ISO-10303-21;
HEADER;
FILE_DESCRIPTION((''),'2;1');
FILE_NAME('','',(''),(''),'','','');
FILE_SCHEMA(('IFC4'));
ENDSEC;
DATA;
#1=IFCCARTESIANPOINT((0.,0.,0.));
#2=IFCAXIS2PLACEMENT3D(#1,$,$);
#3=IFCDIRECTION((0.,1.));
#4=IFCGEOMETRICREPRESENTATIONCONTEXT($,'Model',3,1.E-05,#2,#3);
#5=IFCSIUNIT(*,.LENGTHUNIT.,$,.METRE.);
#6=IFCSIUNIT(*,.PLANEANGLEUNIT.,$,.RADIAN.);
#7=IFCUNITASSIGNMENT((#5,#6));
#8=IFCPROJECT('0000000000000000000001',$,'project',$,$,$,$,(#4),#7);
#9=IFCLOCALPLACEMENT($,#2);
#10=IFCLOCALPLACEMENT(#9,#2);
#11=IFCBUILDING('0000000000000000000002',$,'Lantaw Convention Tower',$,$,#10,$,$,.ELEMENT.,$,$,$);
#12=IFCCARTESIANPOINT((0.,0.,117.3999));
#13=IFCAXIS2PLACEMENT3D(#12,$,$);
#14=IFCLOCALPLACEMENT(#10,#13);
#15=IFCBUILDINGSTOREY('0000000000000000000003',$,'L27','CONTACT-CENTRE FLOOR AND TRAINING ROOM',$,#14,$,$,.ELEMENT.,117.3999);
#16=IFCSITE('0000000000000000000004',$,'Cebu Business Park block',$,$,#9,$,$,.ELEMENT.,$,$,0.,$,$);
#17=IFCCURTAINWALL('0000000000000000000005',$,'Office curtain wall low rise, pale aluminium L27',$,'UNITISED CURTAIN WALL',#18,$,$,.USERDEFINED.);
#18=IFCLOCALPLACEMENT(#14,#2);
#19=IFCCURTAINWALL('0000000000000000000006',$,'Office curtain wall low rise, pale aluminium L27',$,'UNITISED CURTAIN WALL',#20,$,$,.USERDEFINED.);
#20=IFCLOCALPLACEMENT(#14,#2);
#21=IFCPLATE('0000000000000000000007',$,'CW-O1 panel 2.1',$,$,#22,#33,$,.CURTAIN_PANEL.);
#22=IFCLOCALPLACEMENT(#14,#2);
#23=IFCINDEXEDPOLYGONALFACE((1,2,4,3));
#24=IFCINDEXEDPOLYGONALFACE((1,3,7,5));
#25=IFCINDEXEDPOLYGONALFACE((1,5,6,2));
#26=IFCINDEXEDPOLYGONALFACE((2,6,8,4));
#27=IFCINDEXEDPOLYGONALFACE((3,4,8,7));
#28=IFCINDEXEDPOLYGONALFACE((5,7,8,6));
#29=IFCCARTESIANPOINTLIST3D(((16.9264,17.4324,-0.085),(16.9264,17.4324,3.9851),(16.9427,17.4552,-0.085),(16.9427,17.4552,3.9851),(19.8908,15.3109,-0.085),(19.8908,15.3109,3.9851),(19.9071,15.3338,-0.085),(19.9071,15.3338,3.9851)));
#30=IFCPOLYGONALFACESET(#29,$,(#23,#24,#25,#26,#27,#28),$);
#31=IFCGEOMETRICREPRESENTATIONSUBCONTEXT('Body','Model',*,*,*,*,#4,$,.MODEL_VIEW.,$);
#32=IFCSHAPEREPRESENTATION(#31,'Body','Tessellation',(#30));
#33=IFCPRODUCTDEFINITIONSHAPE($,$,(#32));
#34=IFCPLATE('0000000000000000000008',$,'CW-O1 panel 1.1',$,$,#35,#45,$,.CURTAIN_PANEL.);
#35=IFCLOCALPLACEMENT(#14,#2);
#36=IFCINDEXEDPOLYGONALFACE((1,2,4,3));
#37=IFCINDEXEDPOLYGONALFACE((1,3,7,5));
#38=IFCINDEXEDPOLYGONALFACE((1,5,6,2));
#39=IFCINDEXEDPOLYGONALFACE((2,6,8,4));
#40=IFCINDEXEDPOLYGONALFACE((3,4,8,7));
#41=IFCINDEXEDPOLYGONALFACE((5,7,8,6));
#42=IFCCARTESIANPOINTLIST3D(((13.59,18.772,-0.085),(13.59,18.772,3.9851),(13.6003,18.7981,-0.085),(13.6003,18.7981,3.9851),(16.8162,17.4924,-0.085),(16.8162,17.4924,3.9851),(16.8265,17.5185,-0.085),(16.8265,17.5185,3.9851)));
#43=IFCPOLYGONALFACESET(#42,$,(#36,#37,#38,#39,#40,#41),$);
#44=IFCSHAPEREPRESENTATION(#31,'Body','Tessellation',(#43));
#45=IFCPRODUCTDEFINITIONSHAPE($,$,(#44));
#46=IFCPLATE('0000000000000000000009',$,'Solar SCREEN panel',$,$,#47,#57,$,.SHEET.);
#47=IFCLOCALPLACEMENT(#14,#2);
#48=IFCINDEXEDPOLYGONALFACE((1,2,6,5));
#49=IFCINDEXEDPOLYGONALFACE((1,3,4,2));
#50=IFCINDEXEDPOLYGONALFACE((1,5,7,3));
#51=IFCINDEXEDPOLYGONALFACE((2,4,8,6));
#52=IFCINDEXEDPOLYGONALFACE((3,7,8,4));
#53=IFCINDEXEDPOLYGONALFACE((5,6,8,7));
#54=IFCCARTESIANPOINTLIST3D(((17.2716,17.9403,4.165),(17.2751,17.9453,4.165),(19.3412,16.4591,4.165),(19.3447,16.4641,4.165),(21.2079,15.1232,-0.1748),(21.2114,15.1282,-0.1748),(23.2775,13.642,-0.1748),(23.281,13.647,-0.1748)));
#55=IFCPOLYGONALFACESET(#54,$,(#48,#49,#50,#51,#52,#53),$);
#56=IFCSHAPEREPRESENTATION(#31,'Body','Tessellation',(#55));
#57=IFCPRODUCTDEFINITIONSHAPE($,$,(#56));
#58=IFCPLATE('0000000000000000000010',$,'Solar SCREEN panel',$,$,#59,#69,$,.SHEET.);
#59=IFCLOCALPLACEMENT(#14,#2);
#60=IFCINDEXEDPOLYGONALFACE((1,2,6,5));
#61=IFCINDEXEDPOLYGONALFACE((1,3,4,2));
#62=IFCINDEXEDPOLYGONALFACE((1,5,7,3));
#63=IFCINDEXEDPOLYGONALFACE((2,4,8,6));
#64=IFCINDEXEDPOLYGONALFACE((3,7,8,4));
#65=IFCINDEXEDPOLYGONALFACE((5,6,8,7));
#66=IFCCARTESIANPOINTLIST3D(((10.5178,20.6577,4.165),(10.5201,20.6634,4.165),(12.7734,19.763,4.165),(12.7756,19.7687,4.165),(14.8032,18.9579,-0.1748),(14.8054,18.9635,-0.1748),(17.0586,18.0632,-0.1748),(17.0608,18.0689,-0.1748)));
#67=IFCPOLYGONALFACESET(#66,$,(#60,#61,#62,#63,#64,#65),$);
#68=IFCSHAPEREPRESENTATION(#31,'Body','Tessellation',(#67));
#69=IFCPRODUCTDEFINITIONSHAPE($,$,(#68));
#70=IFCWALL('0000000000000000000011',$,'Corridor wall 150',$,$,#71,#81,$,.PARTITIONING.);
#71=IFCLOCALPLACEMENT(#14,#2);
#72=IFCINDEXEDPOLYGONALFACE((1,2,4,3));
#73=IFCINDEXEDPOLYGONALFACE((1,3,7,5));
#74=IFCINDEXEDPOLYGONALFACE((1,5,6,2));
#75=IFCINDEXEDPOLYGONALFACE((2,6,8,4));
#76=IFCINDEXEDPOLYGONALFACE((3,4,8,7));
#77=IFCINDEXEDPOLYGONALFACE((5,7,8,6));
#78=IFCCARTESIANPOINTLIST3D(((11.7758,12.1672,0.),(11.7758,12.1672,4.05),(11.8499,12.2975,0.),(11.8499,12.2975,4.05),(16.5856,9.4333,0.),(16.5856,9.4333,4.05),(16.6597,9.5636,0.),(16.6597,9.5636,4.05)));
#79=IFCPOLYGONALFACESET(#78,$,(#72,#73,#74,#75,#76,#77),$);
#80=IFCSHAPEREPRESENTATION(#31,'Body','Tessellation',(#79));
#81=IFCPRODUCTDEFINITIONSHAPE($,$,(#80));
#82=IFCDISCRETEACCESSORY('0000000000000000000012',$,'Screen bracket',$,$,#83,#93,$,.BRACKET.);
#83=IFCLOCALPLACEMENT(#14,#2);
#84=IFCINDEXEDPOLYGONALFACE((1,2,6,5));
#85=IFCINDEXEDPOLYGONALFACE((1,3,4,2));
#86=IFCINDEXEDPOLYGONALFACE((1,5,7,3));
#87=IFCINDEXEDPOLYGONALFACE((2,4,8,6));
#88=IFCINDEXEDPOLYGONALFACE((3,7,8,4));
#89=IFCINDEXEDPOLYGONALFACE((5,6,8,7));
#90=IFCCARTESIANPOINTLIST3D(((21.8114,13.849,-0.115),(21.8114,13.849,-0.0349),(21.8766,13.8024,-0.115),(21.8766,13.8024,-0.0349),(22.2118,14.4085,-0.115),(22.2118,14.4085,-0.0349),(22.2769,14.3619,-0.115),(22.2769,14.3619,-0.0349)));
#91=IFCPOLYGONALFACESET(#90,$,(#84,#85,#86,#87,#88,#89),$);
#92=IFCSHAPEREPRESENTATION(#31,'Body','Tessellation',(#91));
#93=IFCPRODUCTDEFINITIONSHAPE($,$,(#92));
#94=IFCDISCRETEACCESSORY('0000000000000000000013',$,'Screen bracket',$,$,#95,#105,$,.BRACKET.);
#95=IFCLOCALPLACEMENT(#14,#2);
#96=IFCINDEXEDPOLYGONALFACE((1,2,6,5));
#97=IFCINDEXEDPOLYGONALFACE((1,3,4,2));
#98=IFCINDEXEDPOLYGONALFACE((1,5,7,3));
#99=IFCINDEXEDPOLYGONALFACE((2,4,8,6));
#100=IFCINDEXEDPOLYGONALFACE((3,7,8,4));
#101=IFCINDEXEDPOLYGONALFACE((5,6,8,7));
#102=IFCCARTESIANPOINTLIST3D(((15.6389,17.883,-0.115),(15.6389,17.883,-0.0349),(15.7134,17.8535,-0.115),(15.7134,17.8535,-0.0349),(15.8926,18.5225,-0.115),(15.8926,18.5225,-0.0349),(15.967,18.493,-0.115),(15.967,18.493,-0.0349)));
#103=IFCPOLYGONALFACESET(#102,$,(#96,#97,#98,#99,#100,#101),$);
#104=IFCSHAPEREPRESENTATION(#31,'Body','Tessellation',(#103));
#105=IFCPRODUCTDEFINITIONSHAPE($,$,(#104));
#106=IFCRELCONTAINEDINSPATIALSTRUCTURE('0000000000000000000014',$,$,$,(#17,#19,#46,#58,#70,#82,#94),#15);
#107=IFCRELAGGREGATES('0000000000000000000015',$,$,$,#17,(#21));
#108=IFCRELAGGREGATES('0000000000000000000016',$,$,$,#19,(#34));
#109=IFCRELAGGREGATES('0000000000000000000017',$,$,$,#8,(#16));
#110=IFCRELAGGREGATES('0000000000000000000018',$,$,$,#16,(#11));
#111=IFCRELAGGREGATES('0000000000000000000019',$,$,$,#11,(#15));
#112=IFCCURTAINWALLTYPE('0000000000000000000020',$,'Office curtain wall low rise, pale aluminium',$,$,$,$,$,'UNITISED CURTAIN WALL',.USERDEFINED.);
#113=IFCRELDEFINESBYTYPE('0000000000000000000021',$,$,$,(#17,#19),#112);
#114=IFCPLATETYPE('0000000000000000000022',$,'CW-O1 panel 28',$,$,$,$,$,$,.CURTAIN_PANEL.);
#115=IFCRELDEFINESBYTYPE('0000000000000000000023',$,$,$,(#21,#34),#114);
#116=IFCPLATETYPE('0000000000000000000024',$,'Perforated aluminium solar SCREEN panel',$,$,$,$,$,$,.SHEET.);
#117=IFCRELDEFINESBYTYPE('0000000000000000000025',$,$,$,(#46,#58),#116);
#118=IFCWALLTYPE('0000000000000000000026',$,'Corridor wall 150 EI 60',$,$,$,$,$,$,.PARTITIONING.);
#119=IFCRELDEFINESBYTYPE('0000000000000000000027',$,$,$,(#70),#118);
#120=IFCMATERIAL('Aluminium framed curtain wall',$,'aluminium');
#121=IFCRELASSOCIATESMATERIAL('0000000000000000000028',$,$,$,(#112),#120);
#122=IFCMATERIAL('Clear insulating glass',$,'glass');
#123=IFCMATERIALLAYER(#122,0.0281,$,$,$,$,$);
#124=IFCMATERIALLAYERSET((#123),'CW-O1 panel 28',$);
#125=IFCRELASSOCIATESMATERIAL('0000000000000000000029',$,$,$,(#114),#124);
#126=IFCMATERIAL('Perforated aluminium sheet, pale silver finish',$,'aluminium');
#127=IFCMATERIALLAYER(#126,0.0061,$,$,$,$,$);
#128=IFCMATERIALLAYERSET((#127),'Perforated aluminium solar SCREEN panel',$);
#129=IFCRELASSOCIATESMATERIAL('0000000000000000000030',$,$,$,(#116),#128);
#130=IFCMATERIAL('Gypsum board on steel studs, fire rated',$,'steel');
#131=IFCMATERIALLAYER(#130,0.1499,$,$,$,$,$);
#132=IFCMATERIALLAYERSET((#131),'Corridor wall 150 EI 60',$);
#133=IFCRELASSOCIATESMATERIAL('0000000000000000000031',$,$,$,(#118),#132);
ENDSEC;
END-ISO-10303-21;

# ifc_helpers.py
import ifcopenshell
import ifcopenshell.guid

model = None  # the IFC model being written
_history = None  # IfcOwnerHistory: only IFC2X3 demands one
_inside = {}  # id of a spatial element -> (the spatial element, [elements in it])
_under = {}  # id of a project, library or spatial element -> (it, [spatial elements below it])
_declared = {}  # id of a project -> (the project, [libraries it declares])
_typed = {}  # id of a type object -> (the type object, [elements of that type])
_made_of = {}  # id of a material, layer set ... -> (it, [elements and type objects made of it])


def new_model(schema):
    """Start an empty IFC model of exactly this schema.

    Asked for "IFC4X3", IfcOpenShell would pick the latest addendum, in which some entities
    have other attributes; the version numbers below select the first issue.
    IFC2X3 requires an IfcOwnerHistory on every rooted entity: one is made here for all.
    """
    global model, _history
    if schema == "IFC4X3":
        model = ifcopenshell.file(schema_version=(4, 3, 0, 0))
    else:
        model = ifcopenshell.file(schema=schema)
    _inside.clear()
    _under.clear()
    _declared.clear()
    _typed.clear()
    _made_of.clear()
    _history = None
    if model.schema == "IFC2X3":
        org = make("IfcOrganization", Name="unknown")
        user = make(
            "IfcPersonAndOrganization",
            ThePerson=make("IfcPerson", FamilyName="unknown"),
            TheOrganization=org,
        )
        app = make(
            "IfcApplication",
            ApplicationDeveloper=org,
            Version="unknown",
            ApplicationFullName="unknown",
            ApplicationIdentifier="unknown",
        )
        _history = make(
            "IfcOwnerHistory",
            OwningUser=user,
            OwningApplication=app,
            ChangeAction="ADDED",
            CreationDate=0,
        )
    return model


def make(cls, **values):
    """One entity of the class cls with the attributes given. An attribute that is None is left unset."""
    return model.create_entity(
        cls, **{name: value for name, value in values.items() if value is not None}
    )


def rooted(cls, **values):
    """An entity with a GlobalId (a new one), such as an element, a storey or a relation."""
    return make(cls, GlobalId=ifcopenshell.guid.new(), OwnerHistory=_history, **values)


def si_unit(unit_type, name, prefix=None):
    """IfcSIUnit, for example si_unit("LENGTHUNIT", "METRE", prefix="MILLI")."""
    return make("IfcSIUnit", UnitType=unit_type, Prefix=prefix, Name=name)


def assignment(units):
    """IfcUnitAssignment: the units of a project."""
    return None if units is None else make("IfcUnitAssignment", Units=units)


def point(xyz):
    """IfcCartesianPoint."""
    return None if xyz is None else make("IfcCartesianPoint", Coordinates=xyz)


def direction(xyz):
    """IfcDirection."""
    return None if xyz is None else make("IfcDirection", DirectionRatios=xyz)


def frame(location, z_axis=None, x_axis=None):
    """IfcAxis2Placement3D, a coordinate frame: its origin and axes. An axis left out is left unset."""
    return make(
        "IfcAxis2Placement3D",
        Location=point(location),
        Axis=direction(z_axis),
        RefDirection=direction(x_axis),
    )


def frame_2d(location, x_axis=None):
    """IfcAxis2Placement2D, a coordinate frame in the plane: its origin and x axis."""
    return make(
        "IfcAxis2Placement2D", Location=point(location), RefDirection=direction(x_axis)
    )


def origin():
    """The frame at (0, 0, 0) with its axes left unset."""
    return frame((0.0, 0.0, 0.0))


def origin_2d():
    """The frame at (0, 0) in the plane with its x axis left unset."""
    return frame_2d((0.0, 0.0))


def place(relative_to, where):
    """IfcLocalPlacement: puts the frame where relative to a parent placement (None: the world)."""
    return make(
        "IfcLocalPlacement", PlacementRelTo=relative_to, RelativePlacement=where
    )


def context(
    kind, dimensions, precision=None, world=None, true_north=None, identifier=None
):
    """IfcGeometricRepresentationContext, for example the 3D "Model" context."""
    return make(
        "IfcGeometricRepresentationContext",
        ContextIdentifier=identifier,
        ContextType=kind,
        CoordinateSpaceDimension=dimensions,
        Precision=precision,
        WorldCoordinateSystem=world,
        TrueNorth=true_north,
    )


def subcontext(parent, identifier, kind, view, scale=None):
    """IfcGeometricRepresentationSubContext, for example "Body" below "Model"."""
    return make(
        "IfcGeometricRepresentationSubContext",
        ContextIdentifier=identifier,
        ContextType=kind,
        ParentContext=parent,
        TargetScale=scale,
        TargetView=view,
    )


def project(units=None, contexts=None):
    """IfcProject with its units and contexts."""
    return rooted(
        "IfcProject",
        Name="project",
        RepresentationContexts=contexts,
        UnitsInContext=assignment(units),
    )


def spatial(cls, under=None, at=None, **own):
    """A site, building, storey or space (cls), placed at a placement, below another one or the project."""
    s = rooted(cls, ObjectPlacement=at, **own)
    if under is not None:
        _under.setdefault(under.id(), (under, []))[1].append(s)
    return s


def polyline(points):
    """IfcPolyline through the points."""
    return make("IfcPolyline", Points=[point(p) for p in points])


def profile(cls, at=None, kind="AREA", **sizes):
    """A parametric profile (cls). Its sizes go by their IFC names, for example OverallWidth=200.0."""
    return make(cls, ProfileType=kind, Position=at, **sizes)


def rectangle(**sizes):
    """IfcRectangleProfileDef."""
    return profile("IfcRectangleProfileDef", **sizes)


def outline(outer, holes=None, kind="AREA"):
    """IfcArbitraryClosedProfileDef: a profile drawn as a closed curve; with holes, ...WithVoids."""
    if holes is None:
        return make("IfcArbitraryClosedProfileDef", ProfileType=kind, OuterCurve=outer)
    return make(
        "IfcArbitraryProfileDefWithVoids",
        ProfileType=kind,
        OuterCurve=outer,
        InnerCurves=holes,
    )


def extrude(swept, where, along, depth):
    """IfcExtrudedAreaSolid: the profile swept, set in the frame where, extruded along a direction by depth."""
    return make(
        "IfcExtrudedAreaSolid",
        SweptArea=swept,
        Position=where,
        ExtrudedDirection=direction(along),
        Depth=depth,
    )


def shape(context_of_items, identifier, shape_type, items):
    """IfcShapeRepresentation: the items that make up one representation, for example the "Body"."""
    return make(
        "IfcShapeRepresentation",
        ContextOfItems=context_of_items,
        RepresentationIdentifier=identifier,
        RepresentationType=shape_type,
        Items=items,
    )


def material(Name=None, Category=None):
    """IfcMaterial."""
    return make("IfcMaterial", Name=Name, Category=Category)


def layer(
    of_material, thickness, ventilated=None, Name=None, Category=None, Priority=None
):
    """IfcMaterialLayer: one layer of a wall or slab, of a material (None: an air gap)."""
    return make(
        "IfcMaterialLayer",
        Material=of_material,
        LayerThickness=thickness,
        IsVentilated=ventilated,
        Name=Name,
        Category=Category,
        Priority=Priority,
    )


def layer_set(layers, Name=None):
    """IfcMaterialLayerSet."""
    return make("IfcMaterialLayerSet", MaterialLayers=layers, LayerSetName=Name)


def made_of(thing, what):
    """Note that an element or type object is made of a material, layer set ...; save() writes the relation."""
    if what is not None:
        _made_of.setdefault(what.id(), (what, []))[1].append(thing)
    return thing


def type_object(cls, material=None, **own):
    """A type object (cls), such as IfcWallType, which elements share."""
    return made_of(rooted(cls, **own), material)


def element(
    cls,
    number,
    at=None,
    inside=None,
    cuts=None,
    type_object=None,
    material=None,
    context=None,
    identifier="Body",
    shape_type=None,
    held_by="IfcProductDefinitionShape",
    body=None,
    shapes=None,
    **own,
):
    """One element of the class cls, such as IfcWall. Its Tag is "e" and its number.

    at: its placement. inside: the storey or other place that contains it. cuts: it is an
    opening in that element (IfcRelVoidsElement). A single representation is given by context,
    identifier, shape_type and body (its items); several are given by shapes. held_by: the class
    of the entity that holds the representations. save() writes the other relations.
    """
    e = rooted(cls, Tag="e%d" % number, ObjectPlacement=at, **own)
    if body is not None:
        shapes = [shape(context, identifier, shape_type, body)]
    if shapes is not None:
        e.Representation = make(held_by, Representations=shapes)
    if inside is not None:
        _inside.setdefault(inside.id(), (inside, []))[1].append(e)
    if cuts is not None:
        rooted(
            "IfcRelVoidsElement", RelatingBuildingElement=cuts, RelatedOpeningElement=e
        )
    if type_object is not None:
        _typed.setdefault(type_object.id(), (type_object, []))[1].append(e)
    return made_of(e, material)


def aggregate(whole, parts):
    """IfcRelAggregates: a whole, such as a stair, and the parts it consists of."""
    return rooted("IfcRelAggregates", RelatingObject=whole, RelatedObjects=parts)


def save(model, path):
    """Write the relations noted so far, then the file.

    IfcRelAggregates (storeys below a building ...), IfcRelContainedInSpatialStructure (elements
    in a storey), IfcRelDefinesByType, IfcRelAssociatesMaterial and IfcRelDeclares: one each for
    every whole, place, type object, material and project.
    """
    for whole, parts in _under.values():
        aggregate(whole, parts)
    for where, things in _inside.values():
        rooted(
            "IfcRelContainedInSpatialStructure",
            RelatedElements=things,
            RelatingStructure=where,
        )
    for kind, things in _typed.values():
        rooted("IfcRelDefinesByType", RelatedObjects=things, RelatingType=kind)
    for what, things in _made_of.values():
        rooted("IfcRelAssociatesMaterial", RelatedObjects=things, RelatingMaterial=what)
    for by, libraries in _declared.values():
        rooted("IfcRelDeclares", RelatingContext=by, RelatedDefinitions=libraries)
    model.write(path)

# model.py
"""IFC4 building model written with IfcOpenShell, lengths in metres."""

from ifc_helpers import new_model, si_unit, direction, frame, frame_2d, origin, origin_2d, place, context, subcontext, project, spatial, polyline, rectangle, outline, extrude, material, layer, layer_set, type_object, element, aggregate, save


model = new_model("IFC4")

# Units and contexts
model_context = context("Model", 3, precision=1e-05, world=origin(), true_north=direction((0.0, 1.0)))
body_context = subcontext(model_context, "Body", "Model", "MODEL_VIEW")
ifc_project = project(units=[si_unit("LENGTHUNIT", "METRE"), si_unit("PLANEANGLEUNIT", "RADIAN")], contexts=[model_context])

# Site, building, storey
site_placement = place(None, origin())
site = spatial("IfcSite", under=ifc_project, at=site_placement, Name="Cebu Business Park block", CompositionType="ELEMENT", RefElevation=0.0)
building_placement = place(site_placement, origin())
building = spatial("IfcBuilding", under=site, at=building_placement, Name="Lantaw Convention Tower", CompositionType="ELEMENT")
storey_placement = place(building_placement, frame((0.0, 0.0, 117.3999)))
storey = spatial("IfcBuildingStorey", under=building, at=storey_placement, Name="L27", Description="CONTACT-CENTRE FLOOR AND TRAINING ROOM", CompositionType="ELEMENT", Elevation=117.3999)

# Curtain wall
ifc_material_1 = material(Name="Aluminium framed curtain wall", Category="aluminium")
curtain_wall_type = type_object("IfcCurtainWallType", Name="Office curtain wall low rise, pale aluminium", ElementType="UNITISED CURTAIN WALL", PredefinedType="USERDEFINED", material=ifc_material_1)
curtain_wall_1_placement = place(storey_placement, origin())
curtain_wall_1 = element("IfcCurtainWall", 1, at=curtain_wall_1_placement, inside=storey, type_object=curtain_wall_type, Name="Office curtain wall low rise, pale aluminium L27", ObjectType="UNITISED CURTAIN WALL", PredefinedType="USERDEFINED")

# Curtain wall
curtain_wall_2_placement = place(storey_placement, origin())
curtain_wall_2 = element("IfcCurtainWall", 2, at=curtain_wall_2_placement, inside=storey, type_object=curtain_wall_type, Name="Office curtain wall low rise, pale aluminium L27", ObjectType="UNITISED CURTAIN WALL", PredefinedType="USERDEFINED")

# Plates
ifc_material_2 = material(Name="Clear insulating glass", Category="glass")
ifc_layer_1 = layer(ifc_material_2, 0.0281)
ifc_layer_set_1 = layer_set([ifc_layer_1], Name="CW-O1 panel 28")
plate_type_1 = type_object("IfcPlateType", Name="CW-O1 panel 28", PredefinedType="CURTAIN_PANEL", material=ifc_layer_set_1)
plate_1_placement = place(storey_placement, frame((18.4167, 16.3831, -0.085), z_axis=(0.0, 0.0, 1.0), x_axis=(-0.813208, 0.581973, 0.0)))
plate_1 = element("IfcPlate", 3, at=plate_1_placement, type_object=plate_type_1, Name="CW-O1 panel 2.1", PredefinedType="CURTAIN_PANEL", context=body_context, shape_type="SweptSolid", body=[
    extrude(rectangle(XDim=3.6453, YDim=0.0281, at=origin_2d()), origin(), (0.0, 0.0, 1.0), 4.0701),
])
aggregate(curtain_wall_1, [plate_1])
plate_2_placement = place(storey_placement, frame((15.2083, 18.1453, -0.085), z_axis=(0.0, 0.0, 1.0), x_axis=(-0.929548, 0.368702, 0.0)))
plate_2 = element("IfcPlate", 4, at=plate_2_placement, type_object=plate_type_1, Name="CW-O1 panel 1.1", PredefinedType="CURTAIN_PANEL", context=body_context, shape_type="SweptSolid", body=[
    extrude(rectangle(XDim=3.4707, YDim=0.0281, at=origin_2d()), origin(), (0.0, 0.0, 1.0), 4.0701),
])
aggregate(curtain_wall_2, [plate_2])

# Plates
ifc_material_3 = material(Name="Perforated aluminium sheet, pale silver finish", Category="aluminium")
ifc_layer_2 = layer(ifc_material_3, 0.0061)
ifc_layer_set_2 = layer_set([ifc_layer_2], Name="Perforated aluminium solar SCREEN panel")
plate_type_2 = type_object("IfcPlateType", Name="Perforated aluminium solar SCREEN panel", PredefinedType="SHEET", material=ifc_layer_set_2)
plate_3_placement = place(storey_placement, frame((23.281, 13.647, -0.1748), z_axis=(0.582, 0.813189, 0.000012), x_axis=(-0.813189, 0.582, 0.0)))
element("IfcPlate", 5, at=plate_3_placement, inside=storey, type_object=plate_type_2, Name="Solar SCREEN panel", PredefinedType="SHEET", context=body_context, shape_type="SweptSolid", body=[
    extrude(outline(polyline([(0.0, 0.0), (2.545, 0.0), (7.3855, 4.3398), (4.8405, 4.3398), (0.0, 0.0)])), origin(), (0.0, 0.0, -1.0), 0.0061),
])
plate_4_placement = place(storey_placement, frame((17.0586, 18.0632, -0.1748), z_axis=(-0.368709, -0.929545, 0.000011), x_axis=(-0.929545, 0.368709, 0.0)))
element("IfcPlate", 6, at=plate_4_placement, inside=storey, type_object=plate_type_2, Name="Solar SCREEN panel", PredefinedType="SHEET", context=body_context, shape_type="SweptSolid", body=[
    extrude(outline(polyline([(0.0, 0.0), (2.4264, 0.0), (7.0365, -4.3398), (4.61, -4.3398), (0.0, 0.0)])), origin(), (0.0, 0.0, -1.0), 0.0061),
])

# Wall
ifc_material_4 = material(Name="Gypsum board on steel studs, fire rated", Category="steel")
ifc_layer_3 = layer(ifc_material_4, 0.1499)
ifc_layer_set_3 = layer_set([ifc_layer_3], Name="Corridor wall 150 EI 60")
wall_type = type_object("IfcWallType", Name="Corridor wall 150 EI 60", PredefinedType="PARTITIONING", material=ifc_layer_set_3)
wall_placement = place(storey_placement, frame((16.6226, 9.4985, 0.0), z_axis=(0.0, 0.0, 1.0), x_axis=(-0.869376, 0.494151, 0.0)))
element("IfcWall", 7, at=wall_placement, inside=storey, type_object=wall_type, Name="Corridor wall 150", PredefinedType="PARTITIONING", context=body_context, shape_type="SweptSolid", body=[
    extrude(rectangle(XDim=5.5325, YDim=0.1499, at=frame_2d((2.7661, 0.0))), origin(), (0.0, 0.0, 1.0), 4.05),
])

# Discrete accessories
for number, where, z_axis, x_axis, name in (
    (8, (22.0442, 14.1055, -0.115), (0.0, 0.0, 1.0), (-0.813208, 0.581973, 0.0), "Screen bracket"),
    (9, (15.803, 18.188, -0.115), (0.0, 0.0, 1.0), (-0.929548, 0.368702, 0.0), "Screen bracket"),
):
    element("IfcDiscreteAccessory", number, at=place(storey_placement, frame(where, z_axis=z_axis, x_axis=x_axis)), inside=storey, Name=name, PredefinedType="BRACKET", context=body_context, shape_type="SweptSolid", body=[
        extrude(rectangle(XDim=0.0801, YDim=0.688, at=origin_2d()), origin(), (0.0, 0.0, 1.0), 0.0801),
    ])

save(model, "model.ifc")
